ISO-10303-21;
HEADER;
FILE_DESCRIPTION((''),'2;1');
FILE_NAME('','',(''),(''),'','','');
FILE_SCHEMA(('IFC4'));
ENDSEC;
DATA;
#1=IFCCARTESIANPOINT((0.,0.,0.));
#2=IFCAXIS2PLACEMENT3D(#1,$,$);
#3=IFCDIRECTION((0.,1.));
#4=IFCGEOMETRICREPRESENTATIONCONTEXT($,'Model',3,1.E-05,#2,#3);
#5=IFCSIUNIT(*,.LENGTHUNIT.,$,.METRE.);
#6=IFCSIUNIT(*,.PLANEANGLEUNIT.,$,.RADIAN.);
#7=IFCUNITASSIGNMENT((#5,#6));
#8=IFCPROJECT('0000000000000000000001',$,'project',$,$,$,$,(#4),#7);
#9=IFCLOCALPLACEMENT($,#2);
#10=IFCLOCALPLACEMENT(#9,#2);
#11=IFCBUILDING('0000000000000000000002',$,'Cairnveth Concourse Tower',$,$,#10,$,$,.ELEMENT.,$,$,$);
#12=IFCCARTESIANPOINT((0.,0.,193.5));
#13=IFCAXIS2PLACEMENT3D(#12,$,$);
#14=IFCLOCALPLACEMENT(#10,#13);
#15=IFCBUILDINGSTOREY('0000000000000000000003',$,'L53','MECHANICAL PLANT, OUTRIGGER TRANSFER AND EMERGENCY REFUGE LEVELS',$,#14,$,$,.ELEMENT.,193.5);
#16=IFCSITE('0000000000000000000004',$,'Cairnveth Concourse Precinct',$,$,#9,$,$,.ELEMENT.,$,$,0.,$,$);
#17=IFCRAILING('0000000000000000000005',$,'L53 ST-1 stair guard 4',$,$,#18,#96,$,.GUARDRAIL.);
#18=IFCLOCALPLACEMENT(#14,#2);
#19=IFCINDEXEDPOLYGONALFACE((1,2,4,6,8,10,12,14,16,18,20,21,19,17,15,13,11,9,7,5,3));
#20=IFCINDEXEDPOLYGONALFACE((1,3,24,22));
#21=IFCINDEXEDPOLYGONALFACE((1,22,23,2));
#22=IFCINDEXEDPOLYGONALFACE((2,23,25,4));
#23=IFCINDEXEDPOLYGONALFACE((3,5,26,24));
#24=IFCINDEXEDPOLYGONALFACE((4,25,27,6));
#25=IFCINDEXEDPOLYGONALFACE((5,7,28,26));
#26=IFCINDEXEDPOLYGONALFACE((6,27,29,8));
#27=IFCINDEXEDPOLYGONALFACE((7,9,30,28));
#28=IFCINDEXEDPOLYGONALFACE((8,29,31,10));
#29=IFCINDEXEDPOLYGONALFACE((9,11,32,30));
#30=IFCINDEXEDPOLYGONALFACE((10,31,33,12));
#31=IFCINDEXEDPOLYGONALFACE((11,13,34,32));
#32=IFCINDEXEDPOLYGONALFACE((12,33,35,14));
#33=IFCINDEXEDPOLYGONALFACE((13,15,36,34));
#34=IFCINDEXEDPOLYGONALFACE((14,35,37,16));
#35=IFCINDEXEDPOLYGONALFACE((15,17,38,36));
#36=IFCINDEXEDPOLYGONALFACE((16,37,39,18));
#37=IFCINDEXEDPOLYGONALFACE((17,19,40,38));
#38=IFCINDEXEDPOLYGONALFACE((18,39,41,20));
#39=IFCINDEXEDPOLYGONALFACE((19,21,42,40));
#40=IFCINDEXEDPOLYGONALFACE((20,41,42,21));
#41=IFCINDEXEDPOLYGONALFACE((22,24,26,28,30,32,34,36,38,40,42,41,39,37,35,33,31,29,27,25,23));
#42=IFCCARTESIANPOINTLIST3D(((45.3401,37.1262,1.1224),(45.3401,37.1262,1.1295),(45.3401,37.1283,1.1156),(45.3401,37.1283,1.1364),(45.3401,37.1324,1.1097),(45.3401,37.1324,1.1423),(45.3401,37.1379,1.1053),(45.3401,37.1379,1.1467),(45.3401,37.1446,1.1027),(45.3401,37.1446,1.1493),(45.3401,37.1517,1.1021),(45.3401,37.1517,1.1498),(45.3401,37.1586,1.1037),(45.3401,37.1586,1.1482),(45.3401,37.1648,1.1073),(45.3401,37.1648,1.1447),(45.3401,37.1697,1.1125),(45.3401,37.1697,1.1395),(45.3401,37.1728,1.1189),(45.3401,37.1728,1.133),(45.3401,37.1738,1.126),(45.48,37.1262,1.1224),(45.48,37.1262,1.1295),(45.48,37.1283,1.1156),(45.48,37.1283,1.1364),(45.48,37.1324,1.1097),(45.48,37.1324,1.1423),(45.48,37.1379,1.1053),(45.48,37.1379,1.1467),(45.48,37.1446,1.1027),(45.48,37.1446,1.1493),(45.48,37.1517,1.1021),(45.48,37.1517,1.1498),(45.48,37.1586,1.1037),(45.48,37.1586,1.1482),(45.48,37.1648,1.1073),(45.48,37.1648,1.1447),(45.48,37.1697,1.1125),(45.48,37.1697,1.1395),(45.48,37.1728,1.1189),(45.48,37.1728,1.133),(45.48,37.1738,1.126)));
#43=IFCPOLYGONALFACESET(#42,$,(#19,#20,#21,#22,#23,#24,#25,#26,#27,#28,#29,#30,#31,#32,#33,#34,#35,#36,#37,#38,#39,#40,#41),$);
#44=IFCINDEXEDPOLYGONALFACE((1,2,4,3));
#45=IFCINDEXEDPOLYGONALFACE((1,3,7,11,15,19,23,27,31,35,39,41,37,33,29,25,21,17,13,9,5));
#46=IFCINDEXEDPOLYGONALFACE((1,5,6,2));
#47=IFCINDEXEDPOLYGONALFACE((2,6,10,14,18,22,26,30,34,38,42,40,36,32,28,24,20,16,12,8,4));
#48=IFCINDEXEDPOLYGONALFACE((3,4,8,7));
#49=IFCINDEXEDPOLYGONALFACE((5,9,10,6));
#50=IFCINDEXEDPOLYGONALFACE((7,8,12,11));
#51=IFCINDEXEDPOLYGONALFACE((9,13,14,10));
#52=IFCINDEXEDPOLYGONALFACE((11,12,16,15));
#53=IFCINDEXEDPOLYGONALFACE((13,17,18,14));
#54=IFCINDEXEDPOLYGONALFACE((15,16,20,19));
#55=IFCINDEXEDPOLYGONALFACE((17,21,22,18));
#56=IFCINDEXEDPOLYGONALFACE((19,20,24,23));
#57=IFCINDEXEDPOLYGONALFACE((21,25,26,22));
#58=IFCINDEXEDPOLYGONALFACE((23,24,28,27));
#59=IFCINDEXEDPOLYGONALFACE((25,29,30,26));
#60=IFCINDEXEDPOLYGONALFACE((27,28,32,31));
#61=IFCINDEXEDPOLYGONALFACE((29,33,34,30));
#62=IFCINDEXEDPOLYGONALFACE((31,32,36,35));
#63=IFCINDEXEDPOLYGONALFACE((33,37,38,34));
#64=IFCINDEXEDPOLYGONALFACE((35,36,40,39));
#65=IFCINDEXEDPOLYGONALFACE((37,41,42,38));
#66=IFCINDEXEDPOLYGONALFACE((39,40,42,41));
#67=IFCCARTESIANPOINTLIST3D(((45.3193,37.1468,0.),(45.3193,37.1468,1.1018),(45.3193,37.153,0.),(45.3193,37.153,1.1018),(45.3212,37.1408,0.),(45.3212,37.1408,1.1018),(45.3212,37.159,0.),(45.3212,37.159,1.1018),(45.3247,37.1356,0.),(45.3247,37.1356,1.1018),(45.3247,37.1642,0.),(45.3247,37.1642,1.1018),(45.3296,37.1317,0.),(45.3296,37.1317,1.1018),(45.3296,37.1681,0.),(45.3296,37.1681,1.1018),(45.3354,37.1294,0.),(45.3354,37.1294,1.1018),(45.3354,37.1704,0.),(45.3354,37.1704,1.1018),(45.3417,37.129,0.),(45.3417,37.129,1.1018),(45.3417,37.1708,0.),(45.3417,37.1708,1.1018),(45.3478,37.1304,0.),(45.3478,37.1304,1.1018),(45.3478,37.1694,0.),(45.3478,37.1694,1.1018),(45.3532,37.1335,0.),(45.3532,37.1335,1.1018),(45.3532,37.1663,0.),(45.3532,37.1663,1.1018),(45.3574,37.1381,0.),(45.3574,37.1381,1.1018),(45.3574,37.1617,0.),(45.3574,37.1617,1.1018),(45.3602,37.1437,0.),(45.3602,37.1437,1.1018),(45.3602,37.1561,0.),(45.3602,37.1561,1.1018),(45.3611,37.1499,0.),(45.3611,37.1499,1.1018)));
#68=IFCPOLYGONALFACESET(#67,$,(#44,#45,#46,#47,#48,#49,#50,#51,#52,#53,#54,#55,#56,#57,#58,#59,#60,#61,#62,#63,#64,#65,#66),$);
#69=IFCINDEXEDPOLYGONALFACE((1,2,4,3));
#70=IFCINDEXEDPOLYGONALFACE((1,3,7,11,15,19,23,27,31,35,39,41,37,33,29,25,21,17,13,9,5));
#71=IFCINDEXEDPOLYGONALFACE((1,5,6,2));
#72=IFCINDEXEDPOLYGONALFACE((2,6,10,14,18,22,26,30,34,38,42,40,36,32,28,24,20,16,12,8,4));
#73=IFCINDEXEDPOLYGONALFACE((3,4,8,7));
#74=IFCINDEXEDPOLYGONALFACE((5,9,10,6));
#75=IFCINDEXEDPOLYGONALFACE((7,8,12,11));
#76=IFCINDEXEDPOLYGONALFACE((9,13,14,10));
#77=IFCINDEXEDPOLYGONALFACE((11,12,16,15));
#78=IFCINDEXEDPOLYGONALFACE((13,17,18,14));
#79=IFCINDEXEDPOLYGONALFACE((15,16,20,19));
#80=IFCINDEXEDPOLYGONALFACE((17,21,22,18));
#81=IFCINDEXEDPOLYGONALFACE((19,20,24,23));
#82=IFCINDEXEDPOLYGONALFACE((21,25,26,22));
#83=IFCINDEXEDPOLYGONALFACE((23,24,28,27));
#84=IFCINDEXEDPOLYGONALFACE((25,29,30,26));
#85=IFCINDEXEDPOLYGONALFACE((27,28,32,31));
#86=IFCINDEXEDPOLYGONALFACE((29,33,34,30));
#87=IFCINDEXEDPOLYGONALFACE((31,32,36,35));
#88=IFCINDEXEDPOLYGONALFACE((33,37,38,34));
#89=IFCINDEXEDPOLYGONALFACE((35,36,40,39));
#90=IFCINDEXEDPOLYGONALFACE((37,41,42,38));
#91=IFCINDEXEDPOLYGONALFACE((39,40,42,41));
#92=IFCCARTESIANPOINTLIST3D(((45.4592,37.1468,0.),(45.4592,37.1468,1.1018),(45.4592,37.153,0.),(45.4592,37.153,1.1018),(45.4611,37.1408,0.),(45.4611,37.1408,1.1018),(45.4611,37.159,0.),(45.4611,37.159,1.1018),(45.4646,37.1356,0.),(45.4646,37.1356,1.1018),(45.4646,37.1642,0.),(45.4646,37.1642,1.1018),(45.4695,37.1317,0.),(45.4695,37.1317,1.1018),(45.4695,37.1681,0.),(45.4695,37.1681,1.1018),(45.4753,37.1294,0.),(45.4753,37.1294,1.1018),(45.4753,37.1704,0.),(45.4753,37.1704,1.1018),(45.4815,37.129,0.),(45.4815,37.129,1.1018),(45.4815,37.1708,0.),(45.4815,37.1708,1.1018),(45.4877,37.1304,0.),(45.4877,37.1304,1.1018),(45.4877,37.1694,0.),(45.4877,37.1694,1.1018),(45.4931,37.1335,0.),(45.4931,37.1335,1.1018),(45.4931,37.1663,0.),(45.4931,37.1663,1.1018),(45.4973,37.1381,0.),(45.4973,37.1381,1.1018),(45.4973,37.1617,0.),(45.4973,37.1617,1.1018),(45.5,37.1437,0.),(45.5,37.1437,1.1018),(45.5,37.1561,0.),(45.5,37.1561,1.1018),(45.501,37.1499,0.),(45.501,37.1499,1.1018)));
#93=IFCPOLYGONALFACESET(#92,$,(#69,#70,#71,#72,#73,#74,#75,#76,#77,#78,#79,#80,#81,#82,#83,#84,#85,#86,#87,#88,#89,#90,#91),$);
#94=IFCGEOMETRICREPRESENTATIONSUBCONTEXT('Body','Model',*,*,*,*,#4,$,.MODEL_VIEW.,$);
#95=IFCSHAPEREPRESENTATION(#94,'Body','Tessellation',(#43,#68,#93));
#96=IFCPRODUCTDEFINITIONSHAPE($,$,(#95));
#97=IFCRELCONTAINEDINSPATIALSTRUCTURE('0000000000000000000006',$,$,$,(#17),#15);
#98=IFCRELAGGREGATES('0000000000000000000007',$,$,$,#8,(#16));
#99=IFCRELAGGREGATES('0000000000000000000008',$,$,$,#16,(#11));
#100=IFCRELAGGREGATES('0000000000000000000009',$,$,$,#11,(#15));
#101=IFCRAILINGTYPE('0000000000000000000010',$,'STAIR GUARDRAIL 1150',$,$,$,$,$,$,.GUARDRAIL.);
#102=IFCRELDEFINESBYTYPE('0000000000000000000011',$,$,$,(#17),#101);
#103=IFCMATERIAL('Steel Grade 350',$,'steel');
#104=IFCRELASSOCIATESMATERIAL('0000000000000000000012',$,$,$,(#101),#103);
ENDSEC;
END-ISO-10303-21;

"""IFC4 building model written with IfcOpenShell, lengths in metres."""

from ifc_helpers import new_model, si_unit, direction, frame, origin, origin_2d, place, context, subcontext, project, spatial, circle, extrude, material, type_object, element, save


model = new_model("IFC4")

# Units and contexts
model_context = context("Model", 3, precision=1e-05, world=origin(), true_north=direction((0.0, 1.0)))
body_context = subcontext(model_context, "Body", "Model", "MODEL_VIEW")
ifc_project = project(units=[si_unit("LENGTHUNIT", "METRE"), si_unit("PLANEANGLEUNIT", "RADIAN")], contexts=[model_context])

# Site, building, storey
site_placement = place(None, origin())
site = spatial("IfcSite", under=ifc_project, at=site_placement, Name="Cairnveth Concourse Precinct", CompositionType="ELEMENT", RefElevation=0.0)
building_placement = place(site_placement, origin())
building = spatial("IfcBuilding", under=site, at=building_placement, Name="Cairnveth Concourse Tower", CompositionType="ELEMENT")
storey_placement = place(building_placement, frame((0.0, 0.0, 193.5)))
storey = spatial("IfcBuildingStorey", under=building, at=storey_placement, Name="L53", Description="MECHANICAL PLANT, OUTRIGGER TRANSFER AND EMERGENCY REFUGE LEVELS", CompositionType="ELEMENT", Elevation=193.5)

# Shared definitions
ifc_material_1 = material(Name="Steel Grade 350", Category="steel")

# Railing
railing_type = type_object("IfcRailingType", Name="STAIR GUARDRAIL 1150", PredefinedType="GUARDRAIL", material=ifc_material_1)
railing_1_placement = place(storey_placement, frame((45.3401, 37.1499, 0.0)))
element("IfcRailing", 1, at=railing_1_placement, inside=storey, type_object=railing_type, Name="L53 ST-1 stair guard 4", PredefinedType="GUARDRAIL", context=body_context, shape_type="SweptSolid", body=[
    extrude(circle(Radius=0.0239, at=origin_2d()), frame((0.0, 0.0, 1.126), z_axis=(1.0, 0.0, 0.0), x_axis=(0.0, 1.0, 0.0)), (0.0, 0.0, 1.0), 0.1399),
    extrude(circle(Radius=0.021, at=origin_2d()), origin(), (0.0, 0.0, 1.0), 1.1018),
    extrude(circle(Radius=0.021, at=origin_2d()), frame((0.1399, 0.0, 0.0)), (0.0, 0.0, 1.0), 1.1018),
])

save(model, "model.ifc")
